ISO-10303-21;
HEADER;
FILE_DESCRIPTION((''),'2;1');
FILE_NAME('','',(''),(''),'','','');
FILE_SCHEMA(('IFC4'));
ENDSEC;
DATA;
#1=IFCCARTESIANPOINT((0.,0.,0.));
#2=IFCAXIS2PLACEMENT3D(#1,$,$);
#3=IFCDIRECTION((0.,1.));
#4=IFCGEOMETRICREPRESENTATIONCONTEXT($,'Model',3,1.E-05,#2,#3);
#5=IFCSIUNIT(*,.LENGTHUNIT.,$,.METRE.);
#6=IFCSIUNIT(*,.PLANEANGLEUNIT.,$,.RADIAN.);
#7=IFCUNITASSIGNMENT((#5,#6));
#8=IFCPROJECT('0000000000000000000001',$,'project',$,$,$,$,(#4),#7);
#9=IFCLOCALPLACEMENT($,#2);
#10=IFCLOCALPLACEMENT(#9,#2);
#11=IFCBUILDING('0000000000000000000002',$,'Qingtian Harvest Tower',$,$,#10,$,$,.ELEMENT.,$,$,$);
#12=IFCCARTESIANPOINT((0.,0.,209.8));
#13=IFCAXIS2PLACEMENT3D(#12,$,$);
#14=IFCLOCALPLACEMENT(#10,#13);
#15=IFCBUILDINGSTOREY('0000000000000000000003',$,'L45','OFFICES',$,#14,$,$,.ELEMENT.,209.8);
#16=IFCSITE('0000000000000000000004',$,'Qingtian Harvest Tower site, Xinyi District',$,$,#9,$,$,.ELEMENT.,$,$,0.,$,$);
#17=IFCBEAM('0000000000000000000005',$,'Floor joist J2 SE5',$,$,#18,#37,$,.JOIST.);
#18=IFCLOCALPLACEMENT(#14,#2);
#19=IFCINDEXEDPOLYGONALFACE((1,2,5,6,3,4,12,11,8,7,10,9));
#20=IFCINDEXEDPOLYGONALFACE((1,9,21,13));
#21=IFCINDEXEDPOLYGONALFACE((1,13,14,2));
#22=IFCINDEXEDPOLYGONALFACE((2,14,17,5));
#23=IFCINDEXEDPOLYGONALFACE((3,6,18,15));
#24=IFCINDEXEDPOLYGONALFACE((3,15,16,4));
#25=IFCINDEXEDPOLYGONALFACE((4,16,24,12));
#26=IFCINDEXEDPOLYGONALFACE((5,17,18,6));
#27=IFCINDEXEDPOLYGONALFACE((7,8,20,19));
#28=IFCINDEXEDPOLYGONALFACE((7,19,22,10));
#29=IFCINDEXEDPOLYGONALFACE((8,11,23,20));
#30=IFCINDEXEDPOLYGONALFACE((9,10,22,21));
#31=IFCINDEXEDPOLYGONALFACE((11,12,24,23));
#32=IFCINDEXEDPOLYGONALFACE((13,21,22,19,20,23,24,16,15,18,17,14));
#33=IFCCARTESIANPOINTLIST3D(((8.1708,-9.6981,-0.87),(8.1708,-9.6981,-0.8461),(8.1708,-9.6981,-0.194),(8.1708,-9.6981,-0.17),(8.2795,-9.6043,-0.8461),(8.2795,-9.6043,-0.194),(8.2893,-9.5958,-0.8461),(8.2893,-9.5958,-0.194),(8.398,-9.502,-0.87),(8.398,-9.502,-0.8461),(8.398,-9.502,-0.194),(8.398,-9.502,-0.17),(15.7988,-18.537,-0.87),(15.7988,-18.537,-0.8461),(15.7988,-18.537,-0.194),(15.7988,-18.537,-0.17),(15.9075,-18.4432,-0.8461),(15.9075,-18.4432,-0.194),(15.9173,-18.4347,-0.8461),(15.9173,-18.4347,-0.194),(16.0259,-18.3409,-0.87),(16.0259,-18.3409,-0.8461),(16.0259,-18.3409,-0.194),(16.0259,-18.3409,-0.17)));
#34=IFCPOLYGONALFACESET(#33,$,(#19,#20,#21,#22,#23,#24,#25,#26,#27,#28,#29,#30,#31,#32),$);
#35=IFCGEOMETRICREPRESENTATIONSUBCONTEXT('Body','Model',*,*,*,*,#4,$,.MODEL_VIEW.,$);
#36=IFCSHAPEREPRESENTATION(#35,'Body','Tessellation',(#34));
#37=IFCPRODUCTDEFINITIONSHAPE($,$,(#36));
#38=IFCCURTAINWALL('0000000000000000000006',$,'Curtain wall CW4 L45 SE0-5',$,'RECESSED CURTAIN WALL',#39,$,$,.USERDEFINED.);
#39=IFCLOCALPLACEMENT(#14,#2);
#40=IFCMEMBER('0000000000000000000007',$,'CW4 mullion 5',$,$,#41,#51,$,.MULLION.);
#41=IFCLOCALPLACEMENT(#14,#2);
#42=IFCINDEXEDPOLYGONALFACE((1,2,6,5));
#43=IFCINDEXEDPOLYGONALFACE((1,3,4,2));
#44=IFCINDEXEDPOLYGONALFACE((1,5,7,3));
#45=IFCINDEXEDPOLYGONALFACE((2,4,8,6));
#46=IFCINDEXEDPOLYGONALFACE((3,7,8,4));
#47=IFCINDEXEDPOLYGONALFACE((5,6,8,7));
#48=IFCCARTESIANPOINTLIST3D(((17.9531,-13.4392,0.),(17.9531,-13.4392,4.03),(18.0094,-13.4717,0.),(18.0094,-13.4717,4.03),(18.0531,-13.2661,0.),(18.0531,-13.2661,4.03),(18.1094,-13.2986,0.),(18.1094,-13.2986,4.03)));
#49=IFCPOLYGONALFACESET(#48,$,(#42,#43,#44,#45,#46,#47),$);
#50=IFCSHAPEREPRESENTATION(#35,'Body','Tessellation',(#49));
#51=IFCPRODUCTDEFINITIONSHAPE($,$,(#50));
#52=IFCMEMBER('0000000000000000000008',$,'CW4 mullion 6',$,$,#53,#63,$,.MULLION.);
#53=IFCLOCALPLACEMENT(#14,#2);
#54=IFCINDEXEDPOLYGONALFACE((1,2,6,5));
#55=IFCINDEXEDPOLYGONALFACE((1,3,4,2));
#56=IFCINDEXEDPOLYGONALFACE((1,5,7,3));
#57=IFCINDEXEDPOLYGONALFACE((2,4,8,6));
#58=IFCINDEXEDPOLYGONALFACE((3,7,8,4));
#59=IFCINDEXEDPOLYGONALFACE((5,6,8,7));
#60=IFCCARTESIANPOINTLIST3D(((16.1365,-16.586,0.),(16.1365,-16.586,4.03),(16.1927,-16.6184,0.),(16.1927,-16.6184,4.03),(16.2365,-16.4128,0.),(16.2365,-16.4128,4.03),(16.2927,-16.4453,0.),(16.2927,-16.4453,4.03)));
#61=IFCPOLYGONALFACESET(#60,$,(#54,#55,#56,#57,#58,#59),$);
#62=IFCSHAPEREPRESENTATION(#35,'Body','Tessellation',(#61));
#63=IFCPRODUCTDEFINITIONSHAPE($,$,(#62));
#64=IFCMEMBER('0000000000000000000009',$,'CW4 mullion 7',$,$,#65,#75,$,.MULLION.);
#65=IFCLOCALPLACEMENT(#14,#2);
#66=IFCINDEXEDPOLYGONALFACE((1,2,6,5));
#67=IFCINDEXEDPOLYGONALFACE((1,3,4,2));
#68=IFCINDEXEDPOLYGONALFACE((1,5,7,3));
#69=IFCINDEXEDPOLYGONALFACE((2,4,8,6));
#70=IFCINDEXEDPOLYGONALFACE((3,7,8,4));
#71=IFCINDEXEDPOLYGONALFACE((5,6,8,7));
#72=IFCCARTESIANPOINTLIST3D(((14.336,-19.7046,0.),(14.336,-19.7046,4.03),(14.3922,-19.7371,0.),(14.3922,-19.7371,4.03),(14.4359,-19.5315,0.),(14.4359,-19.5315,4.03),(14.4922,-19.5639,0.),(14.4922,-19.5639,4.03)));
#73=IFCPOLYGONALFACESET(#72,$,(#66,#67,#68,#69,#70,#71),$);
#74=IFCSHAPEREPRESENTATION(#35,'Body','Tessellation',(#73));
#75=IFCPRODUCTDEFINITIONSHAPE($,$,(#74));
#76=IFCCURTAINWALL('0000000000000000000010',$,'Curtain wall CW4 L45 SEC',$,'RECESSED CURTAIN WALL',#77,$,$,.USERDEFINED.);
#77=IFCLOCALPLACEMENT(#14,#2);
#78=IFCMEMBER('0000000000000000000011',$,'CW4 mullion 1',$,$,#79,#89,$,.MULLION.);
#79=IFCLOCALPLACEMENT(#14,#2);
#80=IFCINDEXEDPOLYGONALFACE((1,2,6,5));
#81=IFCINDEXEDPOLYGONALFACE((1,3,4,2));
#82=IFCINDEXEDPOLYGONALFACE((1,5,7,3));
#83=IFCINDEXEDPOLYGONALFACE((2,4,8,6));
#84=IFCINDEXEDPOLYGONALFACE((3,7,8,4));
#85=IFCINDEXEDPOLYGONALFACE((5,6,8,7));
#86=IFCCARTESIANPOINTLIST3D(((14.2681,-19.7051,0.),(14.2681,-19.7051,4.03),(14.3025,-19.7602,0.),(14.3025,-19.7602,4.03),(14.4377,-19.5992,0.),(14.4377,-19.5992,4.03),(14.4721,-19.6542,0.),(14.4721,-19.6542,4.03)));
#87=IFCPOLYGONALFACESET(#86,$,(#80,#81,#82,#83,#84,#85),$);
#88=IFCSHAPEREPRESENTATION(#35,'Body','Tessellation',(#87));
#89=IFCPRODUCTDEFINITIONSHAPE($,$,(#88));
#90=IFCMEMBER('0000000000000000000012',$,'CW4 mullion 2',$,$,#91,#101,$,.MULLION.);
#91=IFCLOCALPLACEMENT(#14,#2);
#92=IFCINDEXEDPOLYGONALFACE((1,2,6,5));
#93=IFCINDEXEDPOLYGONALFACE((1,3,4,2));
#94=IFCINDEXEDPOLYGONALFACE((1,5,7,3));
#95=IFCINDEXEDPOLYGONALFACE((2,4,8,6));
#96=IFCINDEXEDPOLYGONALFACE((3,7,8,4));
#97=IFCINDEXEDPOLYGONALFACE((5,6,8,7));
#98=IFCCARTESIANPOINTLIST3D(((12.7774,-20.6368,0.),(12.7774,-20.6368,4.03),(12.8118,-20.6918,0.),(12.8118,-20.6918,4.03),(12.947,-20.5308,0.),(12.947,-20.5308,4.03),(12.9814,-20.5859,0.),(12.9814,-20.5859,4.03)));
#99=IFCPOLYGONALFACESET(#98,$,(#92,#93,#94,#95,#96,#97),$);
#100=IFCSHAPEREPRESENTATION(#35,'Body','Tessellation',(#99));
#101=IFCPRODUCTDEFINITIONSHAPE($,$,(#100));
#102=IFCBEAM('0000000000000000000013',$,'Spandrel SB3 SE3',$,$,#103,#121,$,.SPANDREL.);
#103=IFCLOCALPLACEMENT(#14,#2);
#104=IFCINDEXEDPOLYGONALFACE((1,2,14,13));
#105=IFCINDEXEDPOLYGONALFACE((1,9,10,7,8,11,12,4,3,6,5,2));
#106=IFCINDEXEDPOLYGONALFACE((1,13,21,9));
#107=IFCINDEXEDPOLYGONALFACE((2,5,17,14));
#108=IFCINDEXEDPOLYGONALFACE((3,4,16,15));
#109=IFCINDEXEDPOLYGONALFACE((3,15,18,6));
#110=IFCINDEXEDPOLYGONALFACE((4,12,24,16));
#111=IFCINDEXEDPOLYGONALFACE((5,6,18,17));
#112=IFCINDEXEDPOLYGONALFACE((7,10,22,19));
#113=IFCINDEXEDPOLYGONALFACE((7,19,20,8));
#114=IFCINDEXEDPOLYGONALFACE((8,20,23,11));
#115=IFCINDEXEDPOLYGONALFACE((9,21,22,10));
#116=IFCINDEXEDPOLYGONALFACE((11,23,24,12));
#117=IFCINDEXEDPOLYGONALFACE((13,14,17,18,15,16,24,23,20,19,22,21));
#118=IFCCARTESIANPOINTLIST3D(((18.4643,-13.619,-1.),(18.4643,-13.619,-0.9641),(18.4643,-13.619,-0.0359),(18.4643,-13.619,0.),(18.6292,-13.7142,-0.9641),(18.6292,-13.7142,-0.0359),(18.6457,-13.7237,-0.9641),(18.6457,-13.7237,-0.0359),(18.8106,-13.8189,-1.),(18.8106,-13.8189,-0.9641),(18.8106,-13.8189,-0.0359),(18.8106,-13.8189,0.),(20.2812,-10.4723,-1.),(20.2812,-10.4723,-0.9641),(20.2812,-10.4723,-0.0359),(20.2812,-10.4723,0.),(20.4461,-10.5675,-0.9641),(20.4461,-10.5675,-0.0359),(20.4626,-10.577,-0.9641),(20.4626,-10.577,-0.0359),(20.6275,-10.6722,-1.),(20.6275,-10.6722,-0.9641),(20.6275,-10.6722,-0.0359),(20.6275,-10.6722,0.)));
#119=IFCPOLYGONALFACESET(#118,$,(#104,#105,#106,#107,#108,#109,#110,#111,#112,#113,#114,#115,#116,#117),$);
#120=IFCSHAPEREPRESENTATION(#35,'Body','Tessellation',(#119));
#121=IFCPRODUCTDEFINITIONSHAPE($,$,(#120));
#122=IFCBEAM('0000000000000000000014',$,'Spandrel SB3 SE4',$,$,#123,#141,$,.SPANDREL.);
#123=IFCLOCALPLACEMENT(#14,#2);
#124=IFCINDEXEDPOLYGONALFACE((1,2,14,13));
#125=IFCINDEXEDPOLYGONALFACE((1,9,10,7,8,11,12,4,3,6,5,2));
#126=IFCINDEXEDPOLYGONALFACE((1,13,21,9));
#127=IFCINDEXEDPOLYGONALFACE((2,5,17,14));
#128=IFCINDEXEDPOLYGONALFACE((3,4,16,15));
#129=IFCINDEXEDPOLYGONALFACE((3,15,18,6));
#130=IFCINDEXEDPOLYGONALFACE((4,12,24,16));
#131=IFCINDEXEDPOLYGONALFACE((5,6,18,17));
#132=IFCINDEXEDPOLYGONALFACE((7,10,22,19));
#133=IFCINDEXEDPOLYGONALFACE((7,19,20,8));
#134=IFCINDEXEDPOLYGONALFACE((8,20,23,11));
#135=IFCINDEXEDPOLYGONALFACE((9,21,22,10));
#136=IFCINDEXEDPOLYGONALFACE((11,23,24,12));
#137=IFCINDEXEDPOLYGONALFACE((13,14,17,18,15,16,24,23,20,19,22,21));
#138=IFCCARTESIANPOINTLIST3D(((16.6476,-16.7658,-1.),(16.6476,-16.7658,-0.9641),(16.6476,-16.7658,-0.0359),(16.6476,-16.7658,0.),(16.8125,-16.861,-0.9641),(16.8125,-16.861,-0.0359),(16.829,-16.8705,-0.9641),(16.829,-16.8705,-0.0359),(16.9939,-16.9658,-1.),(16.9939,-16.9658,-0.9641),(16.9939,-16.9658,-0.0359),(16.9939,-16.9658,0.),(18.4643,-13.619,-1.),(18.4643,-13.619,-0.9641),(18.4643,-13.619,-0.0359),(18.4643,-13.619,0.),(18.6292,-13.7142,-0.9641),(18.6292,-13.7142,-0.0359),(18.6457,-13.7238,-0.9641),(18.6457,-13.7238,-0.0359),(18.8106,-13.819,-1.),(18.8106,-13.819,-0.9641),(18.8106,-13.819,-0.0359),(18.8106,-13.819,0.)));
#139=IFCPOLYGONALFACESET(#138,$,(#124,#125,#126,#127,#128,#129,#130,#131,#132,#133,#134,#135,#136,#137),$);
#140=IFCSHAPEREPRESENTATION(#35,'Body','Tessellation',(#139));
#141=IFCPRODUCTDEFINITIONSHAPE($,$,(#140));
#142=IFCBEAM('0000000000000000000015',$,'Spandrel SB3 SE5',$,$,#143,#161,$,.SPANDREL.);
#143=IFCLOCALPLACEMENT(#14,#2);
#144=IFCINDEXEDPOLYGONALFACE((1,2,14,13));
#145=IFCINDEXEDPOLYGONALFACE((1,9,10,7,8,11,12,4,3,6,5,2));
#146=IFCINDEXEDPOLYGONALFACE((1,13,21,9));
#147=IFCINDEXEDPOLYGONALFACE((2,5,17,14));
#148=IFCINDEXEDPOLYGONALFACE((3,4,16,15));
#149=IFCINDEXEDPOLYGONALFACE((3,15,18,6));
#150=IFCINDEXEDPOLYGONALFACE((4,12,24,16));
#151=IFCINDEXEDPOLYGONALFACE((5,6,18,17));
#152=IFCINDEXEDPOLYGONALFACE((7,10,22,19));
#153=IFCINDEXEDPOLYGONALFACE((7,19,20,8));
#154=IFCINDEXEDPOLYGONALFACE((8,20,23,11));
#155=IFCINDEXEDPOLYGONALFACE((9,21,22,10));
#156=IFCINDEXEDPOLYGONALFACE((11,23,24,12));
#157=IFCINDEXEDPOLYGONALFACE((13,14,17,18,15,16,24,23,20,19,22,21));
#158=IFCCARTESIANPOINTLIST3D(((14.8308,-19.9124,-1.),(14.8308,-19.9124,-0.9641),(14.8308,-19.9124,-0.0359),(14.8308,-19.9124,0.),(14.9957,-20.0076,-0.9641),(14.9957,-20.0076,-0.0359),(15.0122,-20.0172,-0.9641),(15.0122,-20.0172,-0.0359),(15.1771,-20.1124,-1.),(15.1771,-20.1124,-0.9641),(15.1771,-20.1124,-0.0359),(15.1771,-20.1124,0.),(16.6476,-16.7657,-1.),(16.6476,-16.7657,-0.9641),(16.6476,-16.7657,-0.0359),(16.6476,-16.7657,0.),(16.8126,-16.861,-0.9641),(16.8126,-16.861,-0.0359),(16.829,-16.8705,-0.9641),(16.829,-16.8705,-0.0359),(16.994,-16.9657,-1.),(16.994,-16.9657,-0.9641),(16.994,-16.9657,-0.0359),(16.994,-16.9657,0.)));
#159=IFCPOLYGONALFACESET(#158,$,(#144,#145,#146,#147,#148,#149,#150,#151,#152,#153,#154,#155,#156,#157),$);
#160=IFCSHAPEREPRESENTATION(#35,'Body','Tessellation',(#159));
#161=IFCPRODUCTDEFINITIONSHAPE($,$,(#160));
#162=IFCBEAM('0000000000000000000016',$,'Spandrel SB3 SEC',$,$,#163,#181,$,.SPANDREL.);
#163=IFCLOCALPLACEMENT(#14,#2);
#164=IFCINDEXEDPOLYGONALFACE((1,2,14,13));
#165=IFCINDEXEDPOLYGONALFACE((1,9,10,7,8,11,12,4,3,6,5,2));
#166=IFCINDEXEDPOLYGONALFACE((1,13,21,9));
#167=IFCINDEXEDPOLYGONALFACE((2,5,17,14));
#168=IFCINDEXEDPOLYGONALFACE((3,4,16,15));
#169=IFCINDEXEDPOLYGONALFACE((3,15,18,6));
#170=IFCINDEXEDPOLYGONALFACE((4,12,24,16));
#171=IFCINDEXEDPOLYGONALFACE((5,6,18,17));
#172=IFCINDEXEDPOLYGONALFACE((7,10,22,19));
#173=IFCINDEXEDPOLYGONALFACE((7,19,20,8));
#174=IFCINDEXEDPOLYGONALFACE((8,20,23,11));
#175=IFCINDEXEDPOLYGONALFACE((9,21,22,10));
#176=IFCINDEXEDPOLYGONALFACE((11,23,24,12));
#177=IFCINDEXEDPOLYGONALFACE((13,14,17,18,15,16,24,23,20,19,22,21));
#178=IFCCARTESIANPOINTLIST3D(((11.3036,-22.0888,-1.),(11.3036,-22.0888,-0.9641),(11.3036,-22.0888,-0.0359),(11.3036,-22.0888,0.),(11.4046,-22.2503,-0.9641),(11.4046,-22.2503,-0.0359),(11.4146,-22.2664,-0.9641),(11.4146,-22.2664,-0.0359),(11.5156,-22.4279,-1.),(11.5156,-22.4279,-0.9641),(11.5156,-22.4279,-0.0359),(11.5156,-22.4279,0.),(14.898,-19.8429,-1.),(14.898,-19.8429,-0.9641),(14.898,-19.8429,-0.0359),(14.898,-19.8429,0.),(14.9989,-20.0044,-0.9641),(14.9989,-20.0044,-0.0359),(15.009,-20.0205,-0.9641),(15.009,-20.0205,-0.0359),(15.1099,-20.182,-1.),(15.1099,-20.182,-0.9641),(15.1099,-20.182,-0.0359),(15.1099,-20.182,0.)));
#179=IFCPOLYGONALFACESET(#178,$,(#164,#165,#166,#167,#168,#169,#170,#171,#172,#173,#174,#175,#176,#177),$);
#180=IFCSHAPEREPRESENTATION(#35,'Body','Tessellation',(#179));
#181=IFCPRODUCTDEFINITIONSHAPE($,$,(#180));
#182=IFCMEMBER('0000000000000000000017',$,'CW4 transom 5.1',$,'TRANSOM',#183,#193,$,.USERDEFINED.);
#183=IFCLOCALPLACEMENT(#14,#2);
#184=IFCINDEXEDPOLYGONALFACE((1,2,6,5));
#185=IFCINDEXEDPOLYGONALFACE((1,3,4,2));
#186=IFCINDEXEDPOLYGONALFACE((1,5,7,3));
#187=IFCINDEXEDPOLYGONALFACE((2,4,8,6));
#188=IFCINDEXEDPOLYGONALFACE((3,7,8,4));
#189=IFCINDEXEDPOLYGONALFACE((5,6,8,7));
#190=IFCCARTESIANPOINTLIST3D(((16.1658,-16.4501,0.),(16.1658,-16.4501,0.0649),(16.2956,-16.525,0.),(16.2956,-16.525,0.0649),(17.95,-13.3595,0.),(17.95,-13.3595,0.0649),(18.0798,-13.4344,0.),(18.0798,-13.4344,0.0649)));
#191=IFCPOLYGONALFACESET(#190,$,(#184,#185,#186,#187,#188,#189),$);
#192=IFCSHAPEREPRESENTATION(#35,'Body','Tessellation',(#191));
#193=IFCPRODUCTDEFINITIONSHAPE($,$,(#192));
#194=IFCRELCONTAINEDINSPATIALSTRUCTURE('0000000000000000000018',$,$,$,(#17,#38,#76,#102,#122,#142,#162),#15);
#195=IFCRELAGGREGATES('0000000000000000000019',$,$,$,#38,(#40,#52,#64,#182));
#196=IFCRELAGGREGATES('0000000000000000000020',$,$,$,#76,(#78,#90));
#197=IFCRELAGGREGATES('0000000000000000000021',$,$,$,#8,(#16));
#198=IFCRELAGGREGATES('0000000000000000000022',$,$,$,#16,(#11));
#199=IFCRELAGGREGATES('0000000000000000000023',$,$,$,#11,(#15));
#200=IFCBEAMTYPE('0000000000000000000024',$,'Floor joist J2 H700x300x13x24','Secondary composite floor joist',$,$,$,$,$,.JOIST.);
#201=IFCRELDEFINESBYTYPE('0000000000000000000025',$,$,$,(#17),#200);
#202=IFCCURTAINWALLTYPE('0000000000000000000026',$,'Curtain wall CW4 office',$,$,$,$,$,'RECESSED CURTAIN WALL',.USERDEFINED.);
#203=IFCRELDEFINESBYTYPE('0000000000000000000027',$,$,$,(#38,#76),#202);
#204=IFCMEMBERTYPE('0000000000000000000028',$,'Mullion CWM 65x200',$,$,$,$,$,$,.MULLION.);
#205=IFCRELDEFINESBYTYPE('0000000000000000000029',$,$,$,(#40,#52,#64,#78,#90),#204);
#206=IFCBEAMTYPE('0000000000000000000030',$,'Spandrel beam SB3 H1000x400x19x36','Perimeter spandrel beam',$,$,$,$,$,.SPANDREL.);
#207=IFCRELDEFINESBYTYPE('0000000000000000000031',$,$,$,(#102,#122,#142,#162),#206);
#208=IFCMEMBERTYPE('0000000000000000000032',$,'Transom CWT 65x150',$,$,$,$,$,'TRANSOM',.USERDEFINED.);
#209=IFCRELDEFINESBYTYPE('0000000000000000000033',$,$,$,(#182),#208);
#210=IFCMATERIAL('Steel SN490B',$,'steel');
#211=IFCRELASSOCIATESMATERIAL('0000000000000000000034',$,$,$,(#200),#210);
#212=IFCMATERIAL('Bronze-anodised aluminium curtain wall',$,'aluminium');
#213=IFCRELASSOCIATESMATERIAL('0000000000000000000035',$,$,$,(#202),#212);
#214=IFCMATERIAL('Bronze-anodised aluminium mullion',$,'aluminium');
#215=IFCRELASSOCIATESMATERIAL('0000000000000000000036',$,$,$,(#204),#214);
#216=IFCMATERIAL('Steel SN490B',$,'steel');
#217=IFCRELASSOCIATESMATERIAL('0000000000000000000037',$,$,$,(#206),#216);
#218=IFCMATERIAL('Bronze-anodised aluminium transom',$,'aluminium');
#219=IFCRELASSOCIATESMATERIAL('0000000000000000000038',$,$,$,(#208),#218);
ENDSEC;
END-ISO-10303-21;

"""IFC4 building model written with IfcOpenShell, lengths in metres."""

from ifc_helpers import new_model, si_unit, direction, frame, origin, origin_2d, place, context, subcontext, project, spatial, rectangle, i_section, extrude, material, material_profile, profile_set, type_object, element, aggregate, save


model = new_model("IFC4")

# Units and contexts
model_context = context("Model", 3, precision=1e-05, world=origin(), true_north=direction((0.0, 1.0)))
body_context = subcontext(model_context, "Body", "Model", "MODEL_VIEW")
ifc_project = project(units=[si_unit("LENGTHUNIT", "METRE"), si_unit("PLANEANGLEUNIT", "RADIAN")], contexts=[model_context])

# Site, building, storey
site_placement = place(None, origin())
site = spatial("IfcSite", under=ifc_project, at=site_placement, Name="Qingtian Harvest Tower site, Xinyi District", CompositionType="ELEMENT", RefElevation=0.0)
building_placement = place(site_placement, origin())
building = spatial("IfcBuilding", under=site, at=building_placement, Name="Qingtian Harvest Tower", CompositionType="ELEMENT")
storey_placement = place(building_placement, frame((0.0, 0.0, 209.8)))
storey = spatial("IfcBuildingStorey", under=building, at=storey_placement, Name="L45", Description="OFFICES", CompositionType="ELEMENT", Elevation=209.8)

# Beam
ifc_material_1 = material(Name="Steel SN490B", Category="steel")
ifc_material_profile_1 = material_profile(ifc_material_1, i_section(OverallWidth=0.3, OverallDepth=0.7, WebThickness=0.0129, FlangeThickness=0.0239, at=origin_2d()), Name="H700x300x13x24")
ifc_profile_set_1 = profile_set([ifc_material_profile_1], Name="Steel SN490B")
beam_type_1 = type_object("IfcBeamType", Name="Floor joist J2 H700x300x13x24", Description="Secondary composite floor joist", PredefinedType="JOIST", material=ifc_profile_set_1)
beam_1_placement = place(storey_placement, frame((15.9124, -18.439, -0.52), z_axis=(-0.653343, 0.757062, 0.0), x_axis=(-0.757062, -0.653343, 0.0)))
element("IfcBeam", 1, at=beam_1_placement, inside=storey, type_object=beam_type_1, Name="Floor joist J2 SE5", PredefinedType="JOIST", context=body_context, shape_type="SweptSolid", body=[
    extrude(i_section(OverallWidth=0.3, OverallDepth=0.7, WebThickness=0.0129, FlangeThickness=0.0239, at=origin_2d()), origin(), (0.0, 0.0, 1.0), 11.6753),
])

# Curtain walls, members
ifc_material_2 = material(Name="Bronze-anodised aluminium curtain wall", Category="aluminium")
curtain_wall_type = type_object("IfcCurtainWallType", Name="Curtain wall CW4 office", ElementType="RECESSED CURTAIN WALL", PredefinedType="USERDEFINED", material=ifc_material_2)
curtain_wall_1_placement = place(storey_placement, origin())
curtain_wall_1 = element("IfcCurtainWall", 2, at=curtain_wall_1_placement, inside=storey, type_object=curtain_wall_type, Name="Curtain wall CW4 L45 SE0-5", ObjectType="RECESSED CURTAIN WALL", PredefinedType="USERDEFINED")
ifc_material_3 = material(Name="Bronze-anodised aluminium mullion", Category="aluminium")
ifc_material_profile_2 = material_profile(ifc_material_3, rectangle(XDim=0.0649, YDim=0.2, at=origin_2d()), Name="AL 65x200")
ifc_profile_set_2 = profile_set([ifc_material_profile_2], Name="Bronze-anodised aluminium mullion")
member_type_1 = type_object("IfcMemberType", Name="Mullion CWM 65x200", PredefinedType="MULLION", material=ifc_profile_set_2)
member_1_placement = place(storey_placement, frame((18.0312, -13.3689, 0.0), z_axis=(0.0, 0.0, 1.0), x_axis=(0.866025, -0.5, 0.0)))
member_1 = element("IfcMember", 3, at=member_1_placement, type_object=member_type_1, Name="CW4 mullion 5", PredefinedType="MULLION", context=body_context, shape_type="SweptSolid", body=[
    extrude(rectangle(XDim=0.0649, YDim=0.2, at=origin_2d()), origin(), (0.0, 0.0, 1.0), 4.03),
])
member_2_placement = place(storey_placement, frame((16.2146, -16.5156, 0.0), z_axis=(0.0, 0.0, 1.0), x_axis=(0.866025, -0.5, 0.0)))
member_2 = element("IfcMember", 4, at=member_2_placement, type_object=member_type_1, Name="CW4 mullion 6", PredefinedType="MULLION", context=body_context, shape_type="SweptSolid", body=[
    extrude(rectangle(XDim=0.0649, YDim=0.2, at=origin_2d()), origin(), (0.0, 0.0, 1.0), 4.03),
])
member_3_placement = place(storey_placement, frame((14.4141, -19.6343, 0.0), z_axis=(0.0, 0.0, 1.0), x_axis=(0.866025, -0.5, 0.0)))
member_3 = element("IfcMember", 5, at=member_3_placement, type_object=member_type_1, Name="CW4 mullion 7", PredefinedType="MULLION", context=body_context, shape_type="SweptSolid", body=[
    extrude(rectangle(XDim=0.0649, YDim=0.2, at=origin_2d()), origin(), (0.0, 0.0, 1.0), 4.03),
])
curtain_wall_2_placement = place(storey_placement, origin())
curtain_wall_2 = element("IfcCurtainWall", 6, at=curtain_wall_2_placement, inside=storey, type_object=curtain_wall_type, Name="Curtain wall CW4 L45 SEC", ObjectType="RECESSED CURTAIN WALL", PredefinedType="USERDEFINED")
member_4_placement = place(storey_placement, frame((14.3701, -19.6797, 0.0), z_axis=(0.0, 0.0, 1.0), x_axis=(0.529919, -0.848048, 0.0)))
member_4 = element("IfcMember", 7, at=member_4_placement, type_object=member_type_1, Name="CW4 mullion 1", PredefinedType="MULLION", context=body_context, shape_type="SweptSolid", body=[
    extrude(rectangle(XDim=0.0649, YDim=0.2, at=origin_2d()), origin(), (0.0, 0.0, 1.0), 4.03),
])
member_5_placement = place(storey_placement, frame((12.8794, -20.6113, 0.0), z_axis=(0.0, 0.0, 1.0), x_axis=(0.529919, -0.848048, 0.0)))
member_5 = element("IfcMember", 8, at=member_5_placement, type_object=member_type_1, Name="CW4 mullion 2", PredefinedType="MULLION", context=body_context, shape_type="SweptSolid", body=[
    extrude(rectangle(XDim=0.0649, YDim=0.2, at=origin_2d()), origin(), (0.0, 0.0, 1.0), 4.03),
])

# Beams
ifc_material_4 = material(Name="Steel SN490B", Category="steel")
ifc_material_profile_3 = material_profile(ifc_material_4, i_section(OverallWidth=0.3999, OverallDepth=1.0, WebThickness=0.019, FlangeThickness=0.0359, at=origin_2d()), Name="H1000x400x19x36")
ifc_profile_set_3 = profile_set([ifc_material_profile_3], Name="Steel SN490B")
beam_type_2 = type_object("IfcBeamType", Name="Spandrel beam SB3 H1000x400x19x36", Description="Perimeter spandrel beam", PredefinedType="SPANDREL", material=ifc_profile_set_3)
for number, where, z_axis, x_axis, name in (
    (9, (20.4543, -10.5723, -0.5), (-0.500027, -0.86601, 0.0), (0.86601, -0.500027, 0.0), "Spandrel SB3 SE3"),
    (10, (18.6375, -13.719, -0.5), (-0.499976, -0.866039, 0.0), (0.866039, -0.499976, 0.0), "Spandrel SB3 SE4"),
    (11, (16.8208, -16.8657, -0.5), (-0.500027, -0.86601, 0.0), (0.86601, -0.500027, 0.0), "Spandrel SB3 SE5"),
):
    element("IfcBeam", number, at=place(storey_placement, frame(where, z_axis=z_axis, x_axis=x_axis)), inside=storey, type_object=beam_type_2, Name=name, PredefinedType="SPANDREL", context=body_context, shape_type="SweptSolid", body=[
        extrude(i_section(OverallWidth=0.3999, OverallDepth=1.0, WebThickness=0.019, FlangeThickness=0.0359, at=origin_2d()), origin(), (0.0, 0.0, 1.0), 3.6335),
    ])
beam_2_placement = place(storey_placement, frame((15.0039, -20.0125, -0.5), z_axis=(-0.848057, -0.529906, 0.0), x_axis=(0.529906, -0.848057, 0.0)))
element("IfcBeam", 12, at=beam_2_placement, inside=storey, type_object=beam_type_2, Name="Spandrel SB3 SEC", PredefinedType="SPANDREL", context=body_context, shape_type="SweptSolid", body=[
    extrude(i_section(OverallWidth=0.3999, OverallDepth=1.0, WebThickness=0.019, FlangeThickness=0.0359, at=origin_2d()), origin(), (0.0, 0.0, 1.0), 4.2383),
])

# Member
ifc_material_5 = material(Name="Bronze-anodised aluminium transom", Category="aluminium")
ifc_material_profile_4 = material_profile(ifc_material_5, rectangle(XDim=0.1499, YDim=0.0649, at=origin_2d()), Name="AL 65x150")
ifc_profile_set_4 = profile_set([ifc_material_profile_4], Name="Bronze-anodised aluminium transom")
member_type_2 = type_object("IfcMemberType", Name="Transom CWT 65x150", ElementType="TRANSOM", PredefinedType="USERDEFINED", material=ifc_profile_set_4)
member_6_placement = place(storey_placement, frame((18.0149, -13.397, 0.0325), z_axis=(-0.499965, -0.866045, 0.0), x_axis=(0.866045, -0.499965, 0.0)))
member_6 = element("IfcMember", 13, at=member_6_placement, type_object=member_type_2, Name="CW4 transom 5.1", ObjectType="TRANSOM", PredefinedType="USERDEFINED", context=body_context, shape_type="SweptSolid", body=[
    extrude(rectangle(XDim=0.1499, YDim=0.0649, at=origin_2d()), origin(), (0.0, 0.0, 1.0), 3.5686),
])

aggregate(curtain_wall_1, [member_1, member_2, member_3, member_6])
aggregate(curtain_wall_2, [member_4, member_5])

save(model, "model.ifc")
